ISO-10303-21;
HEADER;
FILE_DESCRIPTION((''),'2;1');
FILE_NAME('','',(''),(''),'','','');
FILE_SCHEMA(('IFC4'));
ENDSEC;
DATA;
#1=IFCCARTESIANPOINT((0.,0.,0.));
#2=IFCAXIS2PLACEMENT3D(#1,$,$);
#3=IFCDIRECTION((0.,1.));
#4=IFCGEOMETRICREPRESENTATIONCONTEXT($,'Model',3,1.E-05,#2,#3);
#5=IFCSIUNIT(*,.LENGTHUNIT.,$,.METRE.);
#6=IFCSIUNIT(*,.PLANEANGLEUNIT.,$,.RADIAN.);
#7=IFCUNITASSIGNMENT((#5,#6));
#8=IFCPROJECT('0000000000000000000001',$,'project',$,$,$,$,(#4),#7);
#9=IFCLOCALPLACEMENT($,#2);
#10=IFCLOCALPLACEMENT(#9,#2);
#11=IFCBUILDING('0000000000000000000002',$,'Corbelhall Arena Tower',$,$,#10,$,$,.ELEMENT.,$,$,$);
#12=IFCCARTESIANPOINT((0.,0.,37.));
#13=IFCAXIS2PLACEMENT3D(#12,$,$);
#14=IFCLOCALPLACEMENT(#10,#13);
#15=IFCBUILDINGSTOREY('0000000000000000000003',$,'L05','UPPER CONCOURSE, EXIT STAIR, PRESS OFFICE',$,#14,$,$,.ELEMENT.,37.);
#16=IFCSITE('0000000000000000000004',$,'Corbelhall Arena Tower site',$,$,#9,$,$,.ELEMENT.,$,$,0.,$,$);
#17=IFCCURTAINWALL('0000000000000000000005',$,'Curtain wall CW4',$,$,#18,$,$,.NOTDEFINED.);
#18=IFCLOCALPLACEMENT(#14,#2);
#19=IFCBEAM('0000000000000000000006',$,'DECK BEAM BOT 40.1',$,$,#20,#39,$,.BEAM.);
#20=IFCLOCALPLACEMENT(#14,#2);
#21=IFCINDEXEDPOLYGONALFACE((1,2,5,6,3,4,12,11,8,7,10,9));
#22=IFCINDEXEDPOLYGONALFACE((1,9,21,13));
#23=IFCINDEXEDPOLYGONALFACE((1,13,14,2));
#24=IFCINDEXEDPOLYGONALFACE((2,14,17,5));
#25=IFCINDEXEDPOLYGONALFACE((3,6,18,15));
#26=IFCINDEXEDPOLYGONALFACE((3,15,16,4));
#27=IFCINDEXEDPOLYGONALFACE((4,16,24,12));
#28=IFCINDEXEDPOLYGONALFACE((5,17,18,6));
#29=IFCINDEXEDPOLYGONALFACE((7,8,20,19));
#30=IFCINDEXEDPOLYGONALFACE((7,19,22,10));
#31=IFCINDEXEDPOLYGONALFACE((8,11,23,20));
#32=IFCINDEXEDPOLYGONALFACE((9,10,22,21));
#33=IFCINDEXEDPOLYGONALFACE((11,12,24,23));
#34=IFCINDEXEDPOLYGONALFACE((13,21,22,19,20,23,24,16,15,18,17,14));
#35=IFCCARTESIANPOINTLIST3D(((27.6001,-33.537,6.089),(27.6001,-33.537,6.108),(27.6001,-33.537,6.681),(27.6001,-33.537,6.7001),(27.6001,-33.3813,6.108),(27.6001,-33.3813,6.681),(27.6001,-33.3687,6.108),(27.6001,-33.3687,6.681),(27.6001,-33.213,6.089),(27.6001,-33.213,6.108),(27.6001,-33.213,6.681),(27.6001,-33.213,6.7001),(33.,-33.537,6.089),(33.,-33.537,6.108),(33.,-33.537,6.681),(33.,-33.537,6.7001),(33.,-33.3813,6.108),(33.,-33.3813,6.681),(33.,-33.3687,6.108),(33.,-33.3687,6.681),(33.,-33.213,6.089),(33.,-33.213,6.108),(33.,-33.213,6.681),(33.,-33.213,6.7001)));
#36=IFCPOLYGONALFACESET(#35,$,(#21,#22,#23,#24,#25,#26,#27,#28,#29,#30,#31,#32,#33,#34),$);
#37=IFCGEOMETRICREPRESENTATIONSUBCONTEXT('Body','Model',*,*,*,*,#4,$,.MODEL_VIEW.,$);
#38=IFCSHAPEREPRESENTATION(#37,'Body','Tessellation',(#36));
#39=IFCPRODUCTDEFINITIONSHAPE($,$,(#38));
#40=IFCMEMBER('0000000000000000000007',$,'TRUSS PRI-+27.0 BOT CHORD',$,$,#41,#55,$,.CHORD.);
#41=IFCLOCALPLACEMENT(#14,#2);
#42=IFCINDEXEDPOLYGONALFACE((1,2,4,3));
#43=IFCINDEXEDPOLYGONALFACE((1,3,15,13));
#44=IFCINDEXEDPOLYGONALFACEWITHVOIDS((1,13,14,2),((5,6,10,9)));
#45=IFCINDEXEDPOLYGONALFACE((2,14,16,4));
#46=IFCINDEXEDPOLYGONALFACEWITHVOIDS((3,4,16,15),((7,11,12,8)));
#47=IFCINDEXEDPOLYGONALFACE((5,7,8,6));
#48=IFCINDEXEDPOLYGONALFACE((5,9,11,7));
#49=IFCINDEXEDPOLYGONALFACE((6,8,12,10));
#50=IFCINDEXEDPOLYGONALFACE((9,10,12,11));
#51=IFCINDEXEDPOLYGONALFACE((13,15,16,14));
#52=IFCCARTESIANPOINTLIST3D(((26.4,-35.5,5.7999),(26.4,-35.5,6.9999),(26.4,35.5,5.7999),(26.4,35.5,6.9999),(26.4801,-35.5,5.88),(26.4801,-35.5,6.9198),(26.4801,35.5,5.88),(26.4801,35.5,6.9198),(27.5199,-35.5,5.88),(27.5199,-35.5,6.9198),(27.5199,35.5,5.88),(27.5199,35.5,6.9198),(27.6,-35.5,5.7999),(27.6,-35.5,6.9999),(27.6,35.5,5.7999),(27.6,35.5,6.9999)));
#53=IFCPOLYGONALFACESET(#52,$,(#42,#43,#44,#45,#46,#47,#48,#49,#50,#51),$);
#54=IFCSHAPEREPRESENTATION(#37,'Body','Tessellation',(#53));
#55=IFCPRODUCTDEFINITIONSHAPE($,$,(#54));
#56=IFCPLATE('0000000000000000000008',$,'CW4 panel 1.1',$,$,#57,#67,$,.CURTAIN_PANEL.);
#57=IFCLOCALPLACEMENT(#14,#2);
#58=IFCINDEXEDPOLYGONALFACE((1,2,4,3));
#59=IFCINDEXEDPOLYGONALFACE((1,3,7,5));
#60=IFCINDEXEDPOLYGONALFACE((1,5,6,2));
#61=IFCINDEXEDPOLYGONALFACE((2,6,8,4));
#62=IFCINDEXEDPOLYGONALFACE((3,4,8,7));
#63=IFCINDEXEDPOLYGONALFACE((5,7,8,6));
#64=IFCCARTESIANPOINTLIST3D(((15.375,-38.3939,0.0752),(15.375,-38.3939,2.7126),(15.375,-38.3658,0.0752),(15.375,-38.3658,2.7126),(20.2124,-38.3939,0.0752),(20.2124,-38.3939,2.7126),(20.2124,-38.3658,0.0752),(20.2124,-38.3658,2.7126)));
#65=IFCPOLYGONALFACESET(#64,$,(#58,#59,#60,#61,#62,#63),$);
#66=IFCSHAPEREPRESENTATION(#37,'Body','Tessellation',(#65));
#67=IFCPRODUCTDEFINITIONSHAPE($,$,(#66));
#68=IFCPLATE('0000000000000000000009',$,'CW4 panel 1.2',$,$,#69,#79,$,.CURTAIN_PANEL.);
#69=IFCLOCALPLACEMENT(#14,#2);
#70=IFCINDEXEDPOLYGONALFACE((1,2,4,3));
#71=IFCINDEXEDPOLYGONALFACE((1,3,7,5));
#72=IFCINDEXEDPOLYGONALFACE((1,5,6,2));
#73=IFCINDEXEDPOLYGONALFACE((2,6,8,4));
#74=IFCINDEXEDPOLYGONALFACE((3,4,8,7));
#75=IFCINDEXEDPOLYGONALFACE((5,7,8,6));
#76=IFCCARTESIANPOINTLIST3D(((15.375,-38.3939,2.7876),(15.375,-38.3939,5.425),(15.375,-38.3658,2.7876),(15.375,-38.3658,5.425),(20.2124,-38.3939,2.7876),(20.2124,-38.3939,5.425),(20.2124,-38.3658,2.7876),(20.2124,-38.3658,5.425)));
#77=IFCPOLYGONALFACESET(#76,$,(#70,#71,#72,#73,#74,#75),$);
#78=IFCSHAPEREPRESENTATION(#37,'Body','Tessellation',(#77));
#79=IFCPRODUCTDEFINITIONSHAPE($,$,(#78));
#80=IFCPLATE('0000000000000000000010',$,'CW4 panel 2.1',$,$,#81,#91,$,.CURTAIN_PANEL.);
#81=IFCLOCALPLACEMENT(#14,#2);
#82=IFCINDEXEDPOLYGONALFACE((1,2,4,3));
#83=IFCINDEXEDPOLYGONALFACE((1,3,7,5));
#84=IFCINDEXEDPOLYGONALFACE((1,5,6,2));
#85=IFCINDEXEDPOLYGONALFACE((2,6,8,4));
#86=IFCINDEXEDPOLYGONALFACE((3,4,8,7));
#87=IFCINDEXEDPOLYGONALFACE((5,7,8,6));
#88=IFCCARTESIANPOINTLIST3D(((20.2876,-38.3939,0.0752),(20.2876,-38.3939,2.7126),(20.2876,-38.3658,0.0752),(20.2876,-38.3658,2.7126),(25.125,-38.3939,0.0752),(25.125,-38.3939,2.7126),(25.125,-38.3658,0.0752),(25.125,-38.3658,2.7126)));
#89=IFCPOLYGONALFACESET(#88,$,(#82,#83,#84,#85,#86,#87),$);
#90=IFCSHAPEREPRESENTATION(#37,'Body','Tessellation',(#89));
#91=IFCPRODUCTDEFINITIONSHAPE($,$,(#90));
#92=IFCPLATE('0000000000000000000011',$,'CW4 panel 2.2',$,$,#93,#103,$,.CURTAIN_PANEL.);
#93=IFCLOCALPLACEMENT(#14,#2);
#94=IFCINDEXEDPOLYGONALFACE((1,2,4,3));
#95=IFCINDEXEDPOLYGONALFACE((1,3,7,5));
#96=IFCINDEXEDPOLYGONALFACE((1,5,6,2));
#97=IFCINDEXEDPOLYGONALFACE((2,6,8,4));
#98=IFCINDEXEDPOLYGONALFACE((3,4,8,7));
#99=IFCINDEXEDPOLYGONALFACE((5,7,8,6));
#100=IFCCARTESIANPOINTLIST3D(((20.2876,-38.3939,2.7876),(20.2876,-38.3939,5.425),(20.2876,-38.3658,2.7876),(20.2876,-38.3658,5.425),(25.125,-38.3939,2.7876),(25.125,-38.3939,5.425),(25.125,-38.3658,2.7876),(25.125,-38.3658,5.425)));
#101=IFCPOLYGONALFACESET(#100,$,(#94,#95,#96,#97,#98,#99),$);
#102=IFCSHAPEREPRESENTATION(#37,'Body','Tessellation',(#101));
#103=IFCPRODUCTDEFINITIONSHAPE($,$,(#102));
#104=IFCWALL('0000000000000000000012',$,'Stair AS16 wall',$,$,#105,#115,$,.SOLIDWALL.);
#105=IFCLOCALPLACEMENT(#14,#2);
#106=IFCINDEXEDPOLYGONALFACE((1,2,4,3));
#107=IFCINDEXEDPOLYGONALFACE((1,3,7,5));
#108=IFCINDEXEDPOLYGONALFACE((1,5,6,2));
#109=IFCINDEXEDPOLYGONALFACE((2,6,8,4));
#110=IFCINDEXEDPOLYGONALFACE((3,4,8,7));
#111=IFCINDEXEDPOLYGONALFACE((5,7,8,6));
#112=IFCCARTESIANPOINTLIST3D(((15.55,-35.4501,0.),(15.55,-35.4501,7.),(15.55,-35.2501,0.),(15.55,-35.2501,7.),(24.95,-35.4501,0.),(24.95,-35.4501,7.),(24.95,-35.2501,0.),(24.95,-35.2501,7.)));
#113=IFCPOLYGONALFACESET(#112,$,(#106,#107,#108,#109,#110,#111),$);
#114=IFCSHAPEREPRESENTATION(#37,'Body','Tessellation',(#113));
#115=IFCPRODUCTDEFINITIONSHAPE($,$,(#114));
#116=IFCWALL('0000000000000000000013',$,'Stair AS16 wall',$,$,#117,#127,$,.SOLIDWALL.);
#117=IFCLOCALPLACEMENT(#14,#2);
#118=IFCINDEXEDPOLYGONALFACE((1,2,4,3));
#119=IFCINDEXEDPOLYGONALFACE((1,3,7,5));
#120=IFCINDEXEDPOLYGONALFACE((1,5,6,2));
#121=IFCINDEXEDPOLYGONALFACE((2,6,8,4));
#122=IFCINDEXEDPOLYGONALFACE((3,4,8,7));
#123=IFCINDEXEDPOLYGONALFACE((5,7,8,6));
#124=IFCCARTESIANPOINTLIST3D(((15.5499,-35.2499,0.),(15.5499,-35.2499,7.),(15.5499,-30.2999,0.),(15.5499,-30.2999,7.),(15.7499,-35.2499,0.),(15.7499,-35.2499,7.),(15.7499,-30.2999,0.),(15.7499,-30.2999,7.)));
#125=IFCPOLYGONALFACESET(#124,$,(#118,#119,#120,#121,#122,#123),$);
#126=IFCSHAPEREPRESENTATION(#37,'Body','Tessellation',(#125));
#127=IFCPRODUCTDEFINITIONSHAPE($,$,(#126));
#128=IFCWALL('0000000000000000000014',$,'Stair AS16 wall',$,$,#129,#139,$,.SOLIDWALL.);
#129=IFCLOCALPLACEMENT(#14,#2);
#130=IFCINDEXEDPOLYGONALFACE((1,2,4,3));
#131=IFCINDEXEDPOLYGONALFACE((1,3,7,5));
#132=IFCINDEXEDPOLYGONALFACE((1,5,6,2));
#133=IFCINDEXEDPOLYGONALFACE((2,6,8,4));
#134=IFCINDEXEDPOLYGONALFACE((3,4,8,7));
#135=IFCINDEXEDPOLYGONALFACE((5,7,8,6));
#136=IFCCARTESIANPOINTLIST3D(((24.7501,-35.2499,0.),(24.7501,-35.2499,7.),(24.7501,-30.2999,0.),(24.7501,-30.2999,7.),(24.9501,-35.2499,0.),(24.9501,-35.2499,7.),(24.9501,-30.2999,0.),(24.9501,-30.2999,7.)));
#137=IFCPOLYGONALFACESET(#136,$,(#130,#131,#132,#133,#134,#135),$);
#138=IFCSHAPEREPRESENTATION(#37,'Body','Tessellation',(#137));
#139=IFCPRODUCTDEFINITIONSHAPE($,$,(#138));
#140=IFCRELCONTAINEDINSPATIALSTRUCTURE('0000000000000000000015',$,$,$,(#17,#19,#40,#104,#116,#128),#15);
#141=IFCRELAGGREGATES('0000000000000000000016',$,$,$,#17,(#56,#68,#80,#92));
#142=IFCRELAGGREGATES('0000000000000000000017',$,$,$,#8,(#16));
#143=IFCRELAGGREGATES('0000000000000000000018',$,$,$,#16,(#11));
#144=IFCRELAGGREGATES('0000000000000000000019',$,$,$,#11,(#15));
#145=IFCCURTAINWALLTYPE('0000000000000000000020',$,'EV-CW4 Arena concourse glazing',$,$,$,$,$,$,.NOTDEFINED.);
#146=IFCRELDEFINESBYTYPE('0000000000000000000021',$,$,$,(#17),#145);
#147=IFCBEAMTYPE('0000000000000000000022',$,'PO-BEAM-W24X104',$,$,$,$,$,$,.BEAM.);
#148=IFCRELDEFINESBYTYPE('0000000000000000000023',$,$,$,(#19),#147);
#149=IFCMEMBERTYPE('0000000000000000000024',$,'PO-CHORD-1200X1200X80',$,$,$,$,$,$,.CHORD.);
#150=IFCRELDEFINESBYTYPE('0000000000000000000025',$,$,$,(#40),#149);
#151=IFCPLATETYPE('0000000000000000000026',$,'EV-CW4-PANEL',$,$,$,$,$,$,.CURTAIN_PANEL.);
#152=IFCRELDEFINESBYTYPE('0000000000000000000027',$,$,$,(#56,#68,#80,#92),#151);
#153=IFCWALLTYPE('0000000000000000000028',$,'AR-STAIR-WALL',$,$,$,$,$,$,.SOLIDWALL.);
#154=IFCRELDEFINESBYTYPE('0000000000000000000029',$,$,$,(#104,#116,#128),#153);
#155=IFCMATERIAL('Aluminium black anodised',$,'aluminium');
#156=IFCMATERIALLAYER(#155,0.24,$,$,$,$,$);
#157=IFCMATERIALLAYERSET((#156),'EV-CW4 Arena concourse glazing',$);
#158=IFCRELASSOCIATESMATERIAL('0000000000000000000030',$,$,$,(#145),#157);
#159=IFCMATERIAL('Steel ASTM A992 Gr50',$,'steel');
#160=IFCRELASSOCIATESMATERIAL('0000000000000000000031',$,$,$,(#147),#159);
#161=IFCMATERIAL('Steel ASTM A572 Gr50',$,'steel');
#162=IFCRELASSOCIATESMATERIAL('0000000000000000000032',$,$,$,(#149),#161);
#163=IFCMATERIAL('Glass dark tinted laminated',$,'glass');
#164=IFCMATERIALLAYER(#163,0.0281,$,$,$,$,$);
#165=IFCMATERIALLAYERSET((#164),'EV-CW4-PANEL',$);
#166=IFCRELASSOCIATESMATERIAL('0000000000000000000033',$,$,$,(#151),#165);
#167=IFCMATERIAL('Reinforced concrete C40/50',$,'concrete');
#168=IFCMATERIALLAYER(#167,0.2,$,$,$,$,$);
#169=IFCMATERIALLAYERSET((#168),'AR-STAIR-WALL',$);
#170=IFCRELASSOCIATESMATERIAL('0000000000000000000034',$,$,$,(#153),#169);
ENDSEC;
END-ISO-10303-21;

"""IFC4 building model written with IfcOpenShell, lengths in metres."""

from ifc_helpers import new_model, si_unit, direction, frame, frame_2d, origin, origin_2d, place, context, subcontext, project, spatial, rectangle, hollow_rectangle, i_section, extrude, material, layer, layer_set, material_profile, profile_set, type_object, element, aggregate, save


model = new_model("IFC4")

# Units and contexts
model_context = context("Model", 3, precision=1e-05, world=origin(), true_north=direction((0.0, 1.0)))
body_context = subcontext(model_context, "Body", "Model", "MODEL_VIEW")
ifc_project = project(units=[si_unit("LENGTHUNIT", "METRE"), si_unit("PLANEANGLEUNIT", "RADIAN")], contexts=[model_context])

# Site, building, storey
site_placement = place(None, origin())
site = spatial("IfcSite", under=ifc_project, at=site_placement, Name="Corbelhall Arena Tower site", CompositionType="ELEMENT", RefElevation=0.0)
building_placement = place(site_placement, origin())
building = spatial("IfcBuilding", under=site, at=building_placement, Name="Corbelhall Arena Tower", CompositionType="ELEMENT")
storey_placement = place(building_placement, frame((0.0, 0.0, 37.0)))
storey = spatial("IfcBuildingStorey", under=building, at=storey_placement, Name="L05", Description="UPPER CONCOURSE, EXIT STAIR, PRESS OFFICE", CompositionType="ELEMENT", Elevation=37.0)

# Curtain wall
ifc_material_1 = material(Name="Aluminium black anodised", Category="aluminium")
ifc_layer_1 = layer(ifc_material_1, 0.24)
ifc_layer_set_1 = layer_set([ifc_layer_1], Name="EV-CW4 Arena concourse glazing")
curtain_wall_type = type_object("IfcCurtainWallType", Name="EV-CW4 Arena concourse glazing", PredefinedType="NOTDEFINED", material=ifc_layer_set_1)
curtain_wall_placement = place(storey_placement, origin())
curtain_wall = element("IfcCurtainWall", 1, at=curtain_wall_placement, inside=storey, type_object=curtain_wall_type, Name="Curtain wall CW4", PredefinedType="NOTDEFINED")

# Beam
ifc_material_2 = material(Name="Steel ASTM A992 Gr50", Category="steel")
ifc_material_profile_1 = material_profile(ifc_material_2, i_section(OverallWidth=0.324, OverallDepth=0.6111, WebThickness=0.0127, FlangeThickness=0.019, at=origin_2d()))
ifc_profile_set_1 = profile_set([ifc_material_profile_1], Name="Steel ASTM A992 Gr50")
beam_type = type_object("IfcBeamType", Name="PO-BEAM-W24X104", PredefinedType="BEAM", material=ifc_profile_set_1)
beam_placement = place(storey_placement, frame((27.6001, -33.375, 6.3945), z_axis=(1.0, 0.0, 0.0), x_axis=(0.0, 1.0, 0.0)))
element("IfcBeam", 2, at=beam_placement, inside=storey, type_object=beam_type, Name="DECK BEAM BOT 40.1", PredefinedType="BEAM", context=body_context, shape_type="SweptSolid", body=[
    extrude(i_section(OverallWidth=0.324, OverallDepth=0.6111, WebThickness=0.0127, FlangeThickness=0.019, at=origin_2d()), origin(), (0.0, 0.0, 1.0), 5.3999),
])

# Member
ifc_material_3 = material(Name="Steel ASTM A572 Gr50", Category="steel")
ifc_material_profile_2 = material_profile(ifc_material_3, hollow_rectangle(XDim=1.2, YDim=1.2, WallThickness=0.0801, at=origin_2d()))
ifc_profile_set_2 = profile_set([ifc_material_profile_2], Name="Steel ASTM A572 Gr50")
member_type_1 = type_object("IfcMemberType", Name="PO-CHORD-1200X1200X80", PredefinedType="CHORD", material=ifc_profile_set_2)
member_1_placement = place(storey_placement, frame((27.0, -35.5, 6.3999), z_axis=(0.0, 1.0, 0.0), x_axis=(-1.0, 0.0, 0.0)))
element("IfcMember", 3, at=member_1_placement, inside=storey, type_object=member_type_1, Name="TRUSS PRI-+27.0 BOT CHORD", PredefinedType="CHORD", context=body_context, shape_type="SweptSolid", body=[
    extrude(hollow_rectangle(XDim=1.2, YDim=1.2, WallThickness=0.0801, at=origin_2d()), origin(), (0.0, 0.0, 1.0), 71.0),
])

# Plates
ifc_material_4 = material(Name="Glass dark tinted laminated", Category="glass")
ifc_layer_2 = layer(ifc_material_4, 0.0281)
ifc_layer_set_2 = layer_set([ifc_layer_2], Name="EV-CW4-PANEL")
plate_type = type_object("IfcPlateType", Name="EV-CW4-PANEL", PredefinedType="CURTAIN_PANEL", material=ifc_layer_set_2)
plate_1_placement = place(storey_placement, frame((17.7937, -38.3799, 0.0752), z_axis=(0.0, 0.0, 1.0), x_axis=(1.0, 0.0, 0.0)))
plate_1 = element("IfcPlate", 4, at=plate_1_placement, type_object=plate_type, Name="CW4 panel 1.1", PredefinedType="CURTAIN_PANEL", context=body_context, shape_type="SweptSolid", body=[
    extrude(rectangle(XDim=4.8374, YDim=0.0281, at=origin_2d()), origin(), (0.0, 0.0, 1.0), 2.6375),
])
plate_2_placement = place(storey_placement, frame((17.7937, -38.3799, 2.7876), z_axis=(0.0, 0.0, 1.0), x_axis=(1.0, 0.0, 0.0)))
plate_2 = element("IfcPlate", 5, at=plate_2_placement, type_object=plate_type, Name="CW4 panel 1.2", PredefinedType="CURTAIN_PANEL", context=body_context, shape_type="SweptSolid", body=[
    extrude(rectangle(XDim=4.8374, YDim=0.0281, at=origin_2d()), origin(), (0.0, 0.0, 1.0), 2.6375),
])
plate_3_placement = place(storey_placement, frame((22.7063, -38.3799, 0.0752), z_axis=(0.0, 0.0, 1.0), x_axis=(1.0, 0.0, 0.0)))
plate_3 = element("IfcPlate", 6, at=plate_3_placement, type_object=plate_type, Name="CW4 panel 2.1", PredefinedType="CURTAIN_PANEL", context=body_context, shape_type="SweptSolid", body=[
    extrude(rectangle(XDim=4.8374, YDim=0.0281, at=origin_2d()), origin(), (0.0, 0.0, 1.0), 2.6375),
])
plate_4_placement = place(storey_placement, frame((22.7063, -38.3799, 2.7876), z_axis=(0.0, 0.0, 1.0), x_axis=(1.0, 0.0, 0.0)))
plate_4 = element("IfcPlate", 7, at=plate_4_placement, type_object=plate_type, Name="CW4 panel 2.2", PredefinedType="CURTAIN_PANEL", context=body_context, shape_type="SweptSolid", body=[
    extrude(rectangle(XDim=4.8374, YDim=0.0281, at=origin_2d()), origin(), (0.0, 0.0, 1.0), 2.6375),
])
aggregate(curtain_wall, [plate_1, plate_2, plate_3, plate_4])

# Walls
ifc_material_5 = material(Name="Reinforced concrete C40/50", Category="concrete")
ifc_layer_3 = layer(ifc_material_5, 0.2)
ifc_layer_set_3 = layer_set([ifc_layer_3], Name="AR-STAIR-WALL")
wall_type = type_object("IfcWallType", Name="AR-STAIR-WALL", PredefinedType="SOLIDWALL", material=ifc_layer_set_3)
wall_placement = place(storey_placement, frame((15.55, -35.3501, 0.0), z_axis=(0.0, 0.0, 1.0), x_axis=(1.0, 0.0, 0.0)))
element("IfcWall", 8, at=wall_placement, inside=storey, type_object=wall_type, Name="Stair AS16 wall", PredefinedType="SOLIDWALL", context=body_context, shape_type="SweptSolid", body=[
    extrude(rectangle(XDim=9.3999, YDim=0.2, at=frame_2d((4.7, 0.0))), origin(), (0.0, 0.0, 1.0), 7.0),
])
for number, where, z_axis, x_axis, name in (
    (9, (15.6499, -35.25, 0.0), (0.0, 0.0, 1.0), (0.0, 1.0, 0.0), "Stair AS16 wall"),
    (10, (24.8501, -35.25, 0.0), (0.0, 0.0, 1.0), (0.0, 1.0, 0.0), "Stair AS16 wall"),
):
    element("IfcWall", number, at=place(storey_placement, frame(where, z_axis=z_axis, x_axis=x_axis)), inside=storey, type_object=wall_type, Name=name, PredefinedType="SOLIDWALL", context=body_context, shape_type="SweptSolid", body=[
        extrude(rectangle(XDim=4.95, YDim=0.2, at=frame_2d((2.4751, 0.0))), origin(), (0.0, 0.0, 1.0), 7.0),
    ])

save(model, "model.ifc")
